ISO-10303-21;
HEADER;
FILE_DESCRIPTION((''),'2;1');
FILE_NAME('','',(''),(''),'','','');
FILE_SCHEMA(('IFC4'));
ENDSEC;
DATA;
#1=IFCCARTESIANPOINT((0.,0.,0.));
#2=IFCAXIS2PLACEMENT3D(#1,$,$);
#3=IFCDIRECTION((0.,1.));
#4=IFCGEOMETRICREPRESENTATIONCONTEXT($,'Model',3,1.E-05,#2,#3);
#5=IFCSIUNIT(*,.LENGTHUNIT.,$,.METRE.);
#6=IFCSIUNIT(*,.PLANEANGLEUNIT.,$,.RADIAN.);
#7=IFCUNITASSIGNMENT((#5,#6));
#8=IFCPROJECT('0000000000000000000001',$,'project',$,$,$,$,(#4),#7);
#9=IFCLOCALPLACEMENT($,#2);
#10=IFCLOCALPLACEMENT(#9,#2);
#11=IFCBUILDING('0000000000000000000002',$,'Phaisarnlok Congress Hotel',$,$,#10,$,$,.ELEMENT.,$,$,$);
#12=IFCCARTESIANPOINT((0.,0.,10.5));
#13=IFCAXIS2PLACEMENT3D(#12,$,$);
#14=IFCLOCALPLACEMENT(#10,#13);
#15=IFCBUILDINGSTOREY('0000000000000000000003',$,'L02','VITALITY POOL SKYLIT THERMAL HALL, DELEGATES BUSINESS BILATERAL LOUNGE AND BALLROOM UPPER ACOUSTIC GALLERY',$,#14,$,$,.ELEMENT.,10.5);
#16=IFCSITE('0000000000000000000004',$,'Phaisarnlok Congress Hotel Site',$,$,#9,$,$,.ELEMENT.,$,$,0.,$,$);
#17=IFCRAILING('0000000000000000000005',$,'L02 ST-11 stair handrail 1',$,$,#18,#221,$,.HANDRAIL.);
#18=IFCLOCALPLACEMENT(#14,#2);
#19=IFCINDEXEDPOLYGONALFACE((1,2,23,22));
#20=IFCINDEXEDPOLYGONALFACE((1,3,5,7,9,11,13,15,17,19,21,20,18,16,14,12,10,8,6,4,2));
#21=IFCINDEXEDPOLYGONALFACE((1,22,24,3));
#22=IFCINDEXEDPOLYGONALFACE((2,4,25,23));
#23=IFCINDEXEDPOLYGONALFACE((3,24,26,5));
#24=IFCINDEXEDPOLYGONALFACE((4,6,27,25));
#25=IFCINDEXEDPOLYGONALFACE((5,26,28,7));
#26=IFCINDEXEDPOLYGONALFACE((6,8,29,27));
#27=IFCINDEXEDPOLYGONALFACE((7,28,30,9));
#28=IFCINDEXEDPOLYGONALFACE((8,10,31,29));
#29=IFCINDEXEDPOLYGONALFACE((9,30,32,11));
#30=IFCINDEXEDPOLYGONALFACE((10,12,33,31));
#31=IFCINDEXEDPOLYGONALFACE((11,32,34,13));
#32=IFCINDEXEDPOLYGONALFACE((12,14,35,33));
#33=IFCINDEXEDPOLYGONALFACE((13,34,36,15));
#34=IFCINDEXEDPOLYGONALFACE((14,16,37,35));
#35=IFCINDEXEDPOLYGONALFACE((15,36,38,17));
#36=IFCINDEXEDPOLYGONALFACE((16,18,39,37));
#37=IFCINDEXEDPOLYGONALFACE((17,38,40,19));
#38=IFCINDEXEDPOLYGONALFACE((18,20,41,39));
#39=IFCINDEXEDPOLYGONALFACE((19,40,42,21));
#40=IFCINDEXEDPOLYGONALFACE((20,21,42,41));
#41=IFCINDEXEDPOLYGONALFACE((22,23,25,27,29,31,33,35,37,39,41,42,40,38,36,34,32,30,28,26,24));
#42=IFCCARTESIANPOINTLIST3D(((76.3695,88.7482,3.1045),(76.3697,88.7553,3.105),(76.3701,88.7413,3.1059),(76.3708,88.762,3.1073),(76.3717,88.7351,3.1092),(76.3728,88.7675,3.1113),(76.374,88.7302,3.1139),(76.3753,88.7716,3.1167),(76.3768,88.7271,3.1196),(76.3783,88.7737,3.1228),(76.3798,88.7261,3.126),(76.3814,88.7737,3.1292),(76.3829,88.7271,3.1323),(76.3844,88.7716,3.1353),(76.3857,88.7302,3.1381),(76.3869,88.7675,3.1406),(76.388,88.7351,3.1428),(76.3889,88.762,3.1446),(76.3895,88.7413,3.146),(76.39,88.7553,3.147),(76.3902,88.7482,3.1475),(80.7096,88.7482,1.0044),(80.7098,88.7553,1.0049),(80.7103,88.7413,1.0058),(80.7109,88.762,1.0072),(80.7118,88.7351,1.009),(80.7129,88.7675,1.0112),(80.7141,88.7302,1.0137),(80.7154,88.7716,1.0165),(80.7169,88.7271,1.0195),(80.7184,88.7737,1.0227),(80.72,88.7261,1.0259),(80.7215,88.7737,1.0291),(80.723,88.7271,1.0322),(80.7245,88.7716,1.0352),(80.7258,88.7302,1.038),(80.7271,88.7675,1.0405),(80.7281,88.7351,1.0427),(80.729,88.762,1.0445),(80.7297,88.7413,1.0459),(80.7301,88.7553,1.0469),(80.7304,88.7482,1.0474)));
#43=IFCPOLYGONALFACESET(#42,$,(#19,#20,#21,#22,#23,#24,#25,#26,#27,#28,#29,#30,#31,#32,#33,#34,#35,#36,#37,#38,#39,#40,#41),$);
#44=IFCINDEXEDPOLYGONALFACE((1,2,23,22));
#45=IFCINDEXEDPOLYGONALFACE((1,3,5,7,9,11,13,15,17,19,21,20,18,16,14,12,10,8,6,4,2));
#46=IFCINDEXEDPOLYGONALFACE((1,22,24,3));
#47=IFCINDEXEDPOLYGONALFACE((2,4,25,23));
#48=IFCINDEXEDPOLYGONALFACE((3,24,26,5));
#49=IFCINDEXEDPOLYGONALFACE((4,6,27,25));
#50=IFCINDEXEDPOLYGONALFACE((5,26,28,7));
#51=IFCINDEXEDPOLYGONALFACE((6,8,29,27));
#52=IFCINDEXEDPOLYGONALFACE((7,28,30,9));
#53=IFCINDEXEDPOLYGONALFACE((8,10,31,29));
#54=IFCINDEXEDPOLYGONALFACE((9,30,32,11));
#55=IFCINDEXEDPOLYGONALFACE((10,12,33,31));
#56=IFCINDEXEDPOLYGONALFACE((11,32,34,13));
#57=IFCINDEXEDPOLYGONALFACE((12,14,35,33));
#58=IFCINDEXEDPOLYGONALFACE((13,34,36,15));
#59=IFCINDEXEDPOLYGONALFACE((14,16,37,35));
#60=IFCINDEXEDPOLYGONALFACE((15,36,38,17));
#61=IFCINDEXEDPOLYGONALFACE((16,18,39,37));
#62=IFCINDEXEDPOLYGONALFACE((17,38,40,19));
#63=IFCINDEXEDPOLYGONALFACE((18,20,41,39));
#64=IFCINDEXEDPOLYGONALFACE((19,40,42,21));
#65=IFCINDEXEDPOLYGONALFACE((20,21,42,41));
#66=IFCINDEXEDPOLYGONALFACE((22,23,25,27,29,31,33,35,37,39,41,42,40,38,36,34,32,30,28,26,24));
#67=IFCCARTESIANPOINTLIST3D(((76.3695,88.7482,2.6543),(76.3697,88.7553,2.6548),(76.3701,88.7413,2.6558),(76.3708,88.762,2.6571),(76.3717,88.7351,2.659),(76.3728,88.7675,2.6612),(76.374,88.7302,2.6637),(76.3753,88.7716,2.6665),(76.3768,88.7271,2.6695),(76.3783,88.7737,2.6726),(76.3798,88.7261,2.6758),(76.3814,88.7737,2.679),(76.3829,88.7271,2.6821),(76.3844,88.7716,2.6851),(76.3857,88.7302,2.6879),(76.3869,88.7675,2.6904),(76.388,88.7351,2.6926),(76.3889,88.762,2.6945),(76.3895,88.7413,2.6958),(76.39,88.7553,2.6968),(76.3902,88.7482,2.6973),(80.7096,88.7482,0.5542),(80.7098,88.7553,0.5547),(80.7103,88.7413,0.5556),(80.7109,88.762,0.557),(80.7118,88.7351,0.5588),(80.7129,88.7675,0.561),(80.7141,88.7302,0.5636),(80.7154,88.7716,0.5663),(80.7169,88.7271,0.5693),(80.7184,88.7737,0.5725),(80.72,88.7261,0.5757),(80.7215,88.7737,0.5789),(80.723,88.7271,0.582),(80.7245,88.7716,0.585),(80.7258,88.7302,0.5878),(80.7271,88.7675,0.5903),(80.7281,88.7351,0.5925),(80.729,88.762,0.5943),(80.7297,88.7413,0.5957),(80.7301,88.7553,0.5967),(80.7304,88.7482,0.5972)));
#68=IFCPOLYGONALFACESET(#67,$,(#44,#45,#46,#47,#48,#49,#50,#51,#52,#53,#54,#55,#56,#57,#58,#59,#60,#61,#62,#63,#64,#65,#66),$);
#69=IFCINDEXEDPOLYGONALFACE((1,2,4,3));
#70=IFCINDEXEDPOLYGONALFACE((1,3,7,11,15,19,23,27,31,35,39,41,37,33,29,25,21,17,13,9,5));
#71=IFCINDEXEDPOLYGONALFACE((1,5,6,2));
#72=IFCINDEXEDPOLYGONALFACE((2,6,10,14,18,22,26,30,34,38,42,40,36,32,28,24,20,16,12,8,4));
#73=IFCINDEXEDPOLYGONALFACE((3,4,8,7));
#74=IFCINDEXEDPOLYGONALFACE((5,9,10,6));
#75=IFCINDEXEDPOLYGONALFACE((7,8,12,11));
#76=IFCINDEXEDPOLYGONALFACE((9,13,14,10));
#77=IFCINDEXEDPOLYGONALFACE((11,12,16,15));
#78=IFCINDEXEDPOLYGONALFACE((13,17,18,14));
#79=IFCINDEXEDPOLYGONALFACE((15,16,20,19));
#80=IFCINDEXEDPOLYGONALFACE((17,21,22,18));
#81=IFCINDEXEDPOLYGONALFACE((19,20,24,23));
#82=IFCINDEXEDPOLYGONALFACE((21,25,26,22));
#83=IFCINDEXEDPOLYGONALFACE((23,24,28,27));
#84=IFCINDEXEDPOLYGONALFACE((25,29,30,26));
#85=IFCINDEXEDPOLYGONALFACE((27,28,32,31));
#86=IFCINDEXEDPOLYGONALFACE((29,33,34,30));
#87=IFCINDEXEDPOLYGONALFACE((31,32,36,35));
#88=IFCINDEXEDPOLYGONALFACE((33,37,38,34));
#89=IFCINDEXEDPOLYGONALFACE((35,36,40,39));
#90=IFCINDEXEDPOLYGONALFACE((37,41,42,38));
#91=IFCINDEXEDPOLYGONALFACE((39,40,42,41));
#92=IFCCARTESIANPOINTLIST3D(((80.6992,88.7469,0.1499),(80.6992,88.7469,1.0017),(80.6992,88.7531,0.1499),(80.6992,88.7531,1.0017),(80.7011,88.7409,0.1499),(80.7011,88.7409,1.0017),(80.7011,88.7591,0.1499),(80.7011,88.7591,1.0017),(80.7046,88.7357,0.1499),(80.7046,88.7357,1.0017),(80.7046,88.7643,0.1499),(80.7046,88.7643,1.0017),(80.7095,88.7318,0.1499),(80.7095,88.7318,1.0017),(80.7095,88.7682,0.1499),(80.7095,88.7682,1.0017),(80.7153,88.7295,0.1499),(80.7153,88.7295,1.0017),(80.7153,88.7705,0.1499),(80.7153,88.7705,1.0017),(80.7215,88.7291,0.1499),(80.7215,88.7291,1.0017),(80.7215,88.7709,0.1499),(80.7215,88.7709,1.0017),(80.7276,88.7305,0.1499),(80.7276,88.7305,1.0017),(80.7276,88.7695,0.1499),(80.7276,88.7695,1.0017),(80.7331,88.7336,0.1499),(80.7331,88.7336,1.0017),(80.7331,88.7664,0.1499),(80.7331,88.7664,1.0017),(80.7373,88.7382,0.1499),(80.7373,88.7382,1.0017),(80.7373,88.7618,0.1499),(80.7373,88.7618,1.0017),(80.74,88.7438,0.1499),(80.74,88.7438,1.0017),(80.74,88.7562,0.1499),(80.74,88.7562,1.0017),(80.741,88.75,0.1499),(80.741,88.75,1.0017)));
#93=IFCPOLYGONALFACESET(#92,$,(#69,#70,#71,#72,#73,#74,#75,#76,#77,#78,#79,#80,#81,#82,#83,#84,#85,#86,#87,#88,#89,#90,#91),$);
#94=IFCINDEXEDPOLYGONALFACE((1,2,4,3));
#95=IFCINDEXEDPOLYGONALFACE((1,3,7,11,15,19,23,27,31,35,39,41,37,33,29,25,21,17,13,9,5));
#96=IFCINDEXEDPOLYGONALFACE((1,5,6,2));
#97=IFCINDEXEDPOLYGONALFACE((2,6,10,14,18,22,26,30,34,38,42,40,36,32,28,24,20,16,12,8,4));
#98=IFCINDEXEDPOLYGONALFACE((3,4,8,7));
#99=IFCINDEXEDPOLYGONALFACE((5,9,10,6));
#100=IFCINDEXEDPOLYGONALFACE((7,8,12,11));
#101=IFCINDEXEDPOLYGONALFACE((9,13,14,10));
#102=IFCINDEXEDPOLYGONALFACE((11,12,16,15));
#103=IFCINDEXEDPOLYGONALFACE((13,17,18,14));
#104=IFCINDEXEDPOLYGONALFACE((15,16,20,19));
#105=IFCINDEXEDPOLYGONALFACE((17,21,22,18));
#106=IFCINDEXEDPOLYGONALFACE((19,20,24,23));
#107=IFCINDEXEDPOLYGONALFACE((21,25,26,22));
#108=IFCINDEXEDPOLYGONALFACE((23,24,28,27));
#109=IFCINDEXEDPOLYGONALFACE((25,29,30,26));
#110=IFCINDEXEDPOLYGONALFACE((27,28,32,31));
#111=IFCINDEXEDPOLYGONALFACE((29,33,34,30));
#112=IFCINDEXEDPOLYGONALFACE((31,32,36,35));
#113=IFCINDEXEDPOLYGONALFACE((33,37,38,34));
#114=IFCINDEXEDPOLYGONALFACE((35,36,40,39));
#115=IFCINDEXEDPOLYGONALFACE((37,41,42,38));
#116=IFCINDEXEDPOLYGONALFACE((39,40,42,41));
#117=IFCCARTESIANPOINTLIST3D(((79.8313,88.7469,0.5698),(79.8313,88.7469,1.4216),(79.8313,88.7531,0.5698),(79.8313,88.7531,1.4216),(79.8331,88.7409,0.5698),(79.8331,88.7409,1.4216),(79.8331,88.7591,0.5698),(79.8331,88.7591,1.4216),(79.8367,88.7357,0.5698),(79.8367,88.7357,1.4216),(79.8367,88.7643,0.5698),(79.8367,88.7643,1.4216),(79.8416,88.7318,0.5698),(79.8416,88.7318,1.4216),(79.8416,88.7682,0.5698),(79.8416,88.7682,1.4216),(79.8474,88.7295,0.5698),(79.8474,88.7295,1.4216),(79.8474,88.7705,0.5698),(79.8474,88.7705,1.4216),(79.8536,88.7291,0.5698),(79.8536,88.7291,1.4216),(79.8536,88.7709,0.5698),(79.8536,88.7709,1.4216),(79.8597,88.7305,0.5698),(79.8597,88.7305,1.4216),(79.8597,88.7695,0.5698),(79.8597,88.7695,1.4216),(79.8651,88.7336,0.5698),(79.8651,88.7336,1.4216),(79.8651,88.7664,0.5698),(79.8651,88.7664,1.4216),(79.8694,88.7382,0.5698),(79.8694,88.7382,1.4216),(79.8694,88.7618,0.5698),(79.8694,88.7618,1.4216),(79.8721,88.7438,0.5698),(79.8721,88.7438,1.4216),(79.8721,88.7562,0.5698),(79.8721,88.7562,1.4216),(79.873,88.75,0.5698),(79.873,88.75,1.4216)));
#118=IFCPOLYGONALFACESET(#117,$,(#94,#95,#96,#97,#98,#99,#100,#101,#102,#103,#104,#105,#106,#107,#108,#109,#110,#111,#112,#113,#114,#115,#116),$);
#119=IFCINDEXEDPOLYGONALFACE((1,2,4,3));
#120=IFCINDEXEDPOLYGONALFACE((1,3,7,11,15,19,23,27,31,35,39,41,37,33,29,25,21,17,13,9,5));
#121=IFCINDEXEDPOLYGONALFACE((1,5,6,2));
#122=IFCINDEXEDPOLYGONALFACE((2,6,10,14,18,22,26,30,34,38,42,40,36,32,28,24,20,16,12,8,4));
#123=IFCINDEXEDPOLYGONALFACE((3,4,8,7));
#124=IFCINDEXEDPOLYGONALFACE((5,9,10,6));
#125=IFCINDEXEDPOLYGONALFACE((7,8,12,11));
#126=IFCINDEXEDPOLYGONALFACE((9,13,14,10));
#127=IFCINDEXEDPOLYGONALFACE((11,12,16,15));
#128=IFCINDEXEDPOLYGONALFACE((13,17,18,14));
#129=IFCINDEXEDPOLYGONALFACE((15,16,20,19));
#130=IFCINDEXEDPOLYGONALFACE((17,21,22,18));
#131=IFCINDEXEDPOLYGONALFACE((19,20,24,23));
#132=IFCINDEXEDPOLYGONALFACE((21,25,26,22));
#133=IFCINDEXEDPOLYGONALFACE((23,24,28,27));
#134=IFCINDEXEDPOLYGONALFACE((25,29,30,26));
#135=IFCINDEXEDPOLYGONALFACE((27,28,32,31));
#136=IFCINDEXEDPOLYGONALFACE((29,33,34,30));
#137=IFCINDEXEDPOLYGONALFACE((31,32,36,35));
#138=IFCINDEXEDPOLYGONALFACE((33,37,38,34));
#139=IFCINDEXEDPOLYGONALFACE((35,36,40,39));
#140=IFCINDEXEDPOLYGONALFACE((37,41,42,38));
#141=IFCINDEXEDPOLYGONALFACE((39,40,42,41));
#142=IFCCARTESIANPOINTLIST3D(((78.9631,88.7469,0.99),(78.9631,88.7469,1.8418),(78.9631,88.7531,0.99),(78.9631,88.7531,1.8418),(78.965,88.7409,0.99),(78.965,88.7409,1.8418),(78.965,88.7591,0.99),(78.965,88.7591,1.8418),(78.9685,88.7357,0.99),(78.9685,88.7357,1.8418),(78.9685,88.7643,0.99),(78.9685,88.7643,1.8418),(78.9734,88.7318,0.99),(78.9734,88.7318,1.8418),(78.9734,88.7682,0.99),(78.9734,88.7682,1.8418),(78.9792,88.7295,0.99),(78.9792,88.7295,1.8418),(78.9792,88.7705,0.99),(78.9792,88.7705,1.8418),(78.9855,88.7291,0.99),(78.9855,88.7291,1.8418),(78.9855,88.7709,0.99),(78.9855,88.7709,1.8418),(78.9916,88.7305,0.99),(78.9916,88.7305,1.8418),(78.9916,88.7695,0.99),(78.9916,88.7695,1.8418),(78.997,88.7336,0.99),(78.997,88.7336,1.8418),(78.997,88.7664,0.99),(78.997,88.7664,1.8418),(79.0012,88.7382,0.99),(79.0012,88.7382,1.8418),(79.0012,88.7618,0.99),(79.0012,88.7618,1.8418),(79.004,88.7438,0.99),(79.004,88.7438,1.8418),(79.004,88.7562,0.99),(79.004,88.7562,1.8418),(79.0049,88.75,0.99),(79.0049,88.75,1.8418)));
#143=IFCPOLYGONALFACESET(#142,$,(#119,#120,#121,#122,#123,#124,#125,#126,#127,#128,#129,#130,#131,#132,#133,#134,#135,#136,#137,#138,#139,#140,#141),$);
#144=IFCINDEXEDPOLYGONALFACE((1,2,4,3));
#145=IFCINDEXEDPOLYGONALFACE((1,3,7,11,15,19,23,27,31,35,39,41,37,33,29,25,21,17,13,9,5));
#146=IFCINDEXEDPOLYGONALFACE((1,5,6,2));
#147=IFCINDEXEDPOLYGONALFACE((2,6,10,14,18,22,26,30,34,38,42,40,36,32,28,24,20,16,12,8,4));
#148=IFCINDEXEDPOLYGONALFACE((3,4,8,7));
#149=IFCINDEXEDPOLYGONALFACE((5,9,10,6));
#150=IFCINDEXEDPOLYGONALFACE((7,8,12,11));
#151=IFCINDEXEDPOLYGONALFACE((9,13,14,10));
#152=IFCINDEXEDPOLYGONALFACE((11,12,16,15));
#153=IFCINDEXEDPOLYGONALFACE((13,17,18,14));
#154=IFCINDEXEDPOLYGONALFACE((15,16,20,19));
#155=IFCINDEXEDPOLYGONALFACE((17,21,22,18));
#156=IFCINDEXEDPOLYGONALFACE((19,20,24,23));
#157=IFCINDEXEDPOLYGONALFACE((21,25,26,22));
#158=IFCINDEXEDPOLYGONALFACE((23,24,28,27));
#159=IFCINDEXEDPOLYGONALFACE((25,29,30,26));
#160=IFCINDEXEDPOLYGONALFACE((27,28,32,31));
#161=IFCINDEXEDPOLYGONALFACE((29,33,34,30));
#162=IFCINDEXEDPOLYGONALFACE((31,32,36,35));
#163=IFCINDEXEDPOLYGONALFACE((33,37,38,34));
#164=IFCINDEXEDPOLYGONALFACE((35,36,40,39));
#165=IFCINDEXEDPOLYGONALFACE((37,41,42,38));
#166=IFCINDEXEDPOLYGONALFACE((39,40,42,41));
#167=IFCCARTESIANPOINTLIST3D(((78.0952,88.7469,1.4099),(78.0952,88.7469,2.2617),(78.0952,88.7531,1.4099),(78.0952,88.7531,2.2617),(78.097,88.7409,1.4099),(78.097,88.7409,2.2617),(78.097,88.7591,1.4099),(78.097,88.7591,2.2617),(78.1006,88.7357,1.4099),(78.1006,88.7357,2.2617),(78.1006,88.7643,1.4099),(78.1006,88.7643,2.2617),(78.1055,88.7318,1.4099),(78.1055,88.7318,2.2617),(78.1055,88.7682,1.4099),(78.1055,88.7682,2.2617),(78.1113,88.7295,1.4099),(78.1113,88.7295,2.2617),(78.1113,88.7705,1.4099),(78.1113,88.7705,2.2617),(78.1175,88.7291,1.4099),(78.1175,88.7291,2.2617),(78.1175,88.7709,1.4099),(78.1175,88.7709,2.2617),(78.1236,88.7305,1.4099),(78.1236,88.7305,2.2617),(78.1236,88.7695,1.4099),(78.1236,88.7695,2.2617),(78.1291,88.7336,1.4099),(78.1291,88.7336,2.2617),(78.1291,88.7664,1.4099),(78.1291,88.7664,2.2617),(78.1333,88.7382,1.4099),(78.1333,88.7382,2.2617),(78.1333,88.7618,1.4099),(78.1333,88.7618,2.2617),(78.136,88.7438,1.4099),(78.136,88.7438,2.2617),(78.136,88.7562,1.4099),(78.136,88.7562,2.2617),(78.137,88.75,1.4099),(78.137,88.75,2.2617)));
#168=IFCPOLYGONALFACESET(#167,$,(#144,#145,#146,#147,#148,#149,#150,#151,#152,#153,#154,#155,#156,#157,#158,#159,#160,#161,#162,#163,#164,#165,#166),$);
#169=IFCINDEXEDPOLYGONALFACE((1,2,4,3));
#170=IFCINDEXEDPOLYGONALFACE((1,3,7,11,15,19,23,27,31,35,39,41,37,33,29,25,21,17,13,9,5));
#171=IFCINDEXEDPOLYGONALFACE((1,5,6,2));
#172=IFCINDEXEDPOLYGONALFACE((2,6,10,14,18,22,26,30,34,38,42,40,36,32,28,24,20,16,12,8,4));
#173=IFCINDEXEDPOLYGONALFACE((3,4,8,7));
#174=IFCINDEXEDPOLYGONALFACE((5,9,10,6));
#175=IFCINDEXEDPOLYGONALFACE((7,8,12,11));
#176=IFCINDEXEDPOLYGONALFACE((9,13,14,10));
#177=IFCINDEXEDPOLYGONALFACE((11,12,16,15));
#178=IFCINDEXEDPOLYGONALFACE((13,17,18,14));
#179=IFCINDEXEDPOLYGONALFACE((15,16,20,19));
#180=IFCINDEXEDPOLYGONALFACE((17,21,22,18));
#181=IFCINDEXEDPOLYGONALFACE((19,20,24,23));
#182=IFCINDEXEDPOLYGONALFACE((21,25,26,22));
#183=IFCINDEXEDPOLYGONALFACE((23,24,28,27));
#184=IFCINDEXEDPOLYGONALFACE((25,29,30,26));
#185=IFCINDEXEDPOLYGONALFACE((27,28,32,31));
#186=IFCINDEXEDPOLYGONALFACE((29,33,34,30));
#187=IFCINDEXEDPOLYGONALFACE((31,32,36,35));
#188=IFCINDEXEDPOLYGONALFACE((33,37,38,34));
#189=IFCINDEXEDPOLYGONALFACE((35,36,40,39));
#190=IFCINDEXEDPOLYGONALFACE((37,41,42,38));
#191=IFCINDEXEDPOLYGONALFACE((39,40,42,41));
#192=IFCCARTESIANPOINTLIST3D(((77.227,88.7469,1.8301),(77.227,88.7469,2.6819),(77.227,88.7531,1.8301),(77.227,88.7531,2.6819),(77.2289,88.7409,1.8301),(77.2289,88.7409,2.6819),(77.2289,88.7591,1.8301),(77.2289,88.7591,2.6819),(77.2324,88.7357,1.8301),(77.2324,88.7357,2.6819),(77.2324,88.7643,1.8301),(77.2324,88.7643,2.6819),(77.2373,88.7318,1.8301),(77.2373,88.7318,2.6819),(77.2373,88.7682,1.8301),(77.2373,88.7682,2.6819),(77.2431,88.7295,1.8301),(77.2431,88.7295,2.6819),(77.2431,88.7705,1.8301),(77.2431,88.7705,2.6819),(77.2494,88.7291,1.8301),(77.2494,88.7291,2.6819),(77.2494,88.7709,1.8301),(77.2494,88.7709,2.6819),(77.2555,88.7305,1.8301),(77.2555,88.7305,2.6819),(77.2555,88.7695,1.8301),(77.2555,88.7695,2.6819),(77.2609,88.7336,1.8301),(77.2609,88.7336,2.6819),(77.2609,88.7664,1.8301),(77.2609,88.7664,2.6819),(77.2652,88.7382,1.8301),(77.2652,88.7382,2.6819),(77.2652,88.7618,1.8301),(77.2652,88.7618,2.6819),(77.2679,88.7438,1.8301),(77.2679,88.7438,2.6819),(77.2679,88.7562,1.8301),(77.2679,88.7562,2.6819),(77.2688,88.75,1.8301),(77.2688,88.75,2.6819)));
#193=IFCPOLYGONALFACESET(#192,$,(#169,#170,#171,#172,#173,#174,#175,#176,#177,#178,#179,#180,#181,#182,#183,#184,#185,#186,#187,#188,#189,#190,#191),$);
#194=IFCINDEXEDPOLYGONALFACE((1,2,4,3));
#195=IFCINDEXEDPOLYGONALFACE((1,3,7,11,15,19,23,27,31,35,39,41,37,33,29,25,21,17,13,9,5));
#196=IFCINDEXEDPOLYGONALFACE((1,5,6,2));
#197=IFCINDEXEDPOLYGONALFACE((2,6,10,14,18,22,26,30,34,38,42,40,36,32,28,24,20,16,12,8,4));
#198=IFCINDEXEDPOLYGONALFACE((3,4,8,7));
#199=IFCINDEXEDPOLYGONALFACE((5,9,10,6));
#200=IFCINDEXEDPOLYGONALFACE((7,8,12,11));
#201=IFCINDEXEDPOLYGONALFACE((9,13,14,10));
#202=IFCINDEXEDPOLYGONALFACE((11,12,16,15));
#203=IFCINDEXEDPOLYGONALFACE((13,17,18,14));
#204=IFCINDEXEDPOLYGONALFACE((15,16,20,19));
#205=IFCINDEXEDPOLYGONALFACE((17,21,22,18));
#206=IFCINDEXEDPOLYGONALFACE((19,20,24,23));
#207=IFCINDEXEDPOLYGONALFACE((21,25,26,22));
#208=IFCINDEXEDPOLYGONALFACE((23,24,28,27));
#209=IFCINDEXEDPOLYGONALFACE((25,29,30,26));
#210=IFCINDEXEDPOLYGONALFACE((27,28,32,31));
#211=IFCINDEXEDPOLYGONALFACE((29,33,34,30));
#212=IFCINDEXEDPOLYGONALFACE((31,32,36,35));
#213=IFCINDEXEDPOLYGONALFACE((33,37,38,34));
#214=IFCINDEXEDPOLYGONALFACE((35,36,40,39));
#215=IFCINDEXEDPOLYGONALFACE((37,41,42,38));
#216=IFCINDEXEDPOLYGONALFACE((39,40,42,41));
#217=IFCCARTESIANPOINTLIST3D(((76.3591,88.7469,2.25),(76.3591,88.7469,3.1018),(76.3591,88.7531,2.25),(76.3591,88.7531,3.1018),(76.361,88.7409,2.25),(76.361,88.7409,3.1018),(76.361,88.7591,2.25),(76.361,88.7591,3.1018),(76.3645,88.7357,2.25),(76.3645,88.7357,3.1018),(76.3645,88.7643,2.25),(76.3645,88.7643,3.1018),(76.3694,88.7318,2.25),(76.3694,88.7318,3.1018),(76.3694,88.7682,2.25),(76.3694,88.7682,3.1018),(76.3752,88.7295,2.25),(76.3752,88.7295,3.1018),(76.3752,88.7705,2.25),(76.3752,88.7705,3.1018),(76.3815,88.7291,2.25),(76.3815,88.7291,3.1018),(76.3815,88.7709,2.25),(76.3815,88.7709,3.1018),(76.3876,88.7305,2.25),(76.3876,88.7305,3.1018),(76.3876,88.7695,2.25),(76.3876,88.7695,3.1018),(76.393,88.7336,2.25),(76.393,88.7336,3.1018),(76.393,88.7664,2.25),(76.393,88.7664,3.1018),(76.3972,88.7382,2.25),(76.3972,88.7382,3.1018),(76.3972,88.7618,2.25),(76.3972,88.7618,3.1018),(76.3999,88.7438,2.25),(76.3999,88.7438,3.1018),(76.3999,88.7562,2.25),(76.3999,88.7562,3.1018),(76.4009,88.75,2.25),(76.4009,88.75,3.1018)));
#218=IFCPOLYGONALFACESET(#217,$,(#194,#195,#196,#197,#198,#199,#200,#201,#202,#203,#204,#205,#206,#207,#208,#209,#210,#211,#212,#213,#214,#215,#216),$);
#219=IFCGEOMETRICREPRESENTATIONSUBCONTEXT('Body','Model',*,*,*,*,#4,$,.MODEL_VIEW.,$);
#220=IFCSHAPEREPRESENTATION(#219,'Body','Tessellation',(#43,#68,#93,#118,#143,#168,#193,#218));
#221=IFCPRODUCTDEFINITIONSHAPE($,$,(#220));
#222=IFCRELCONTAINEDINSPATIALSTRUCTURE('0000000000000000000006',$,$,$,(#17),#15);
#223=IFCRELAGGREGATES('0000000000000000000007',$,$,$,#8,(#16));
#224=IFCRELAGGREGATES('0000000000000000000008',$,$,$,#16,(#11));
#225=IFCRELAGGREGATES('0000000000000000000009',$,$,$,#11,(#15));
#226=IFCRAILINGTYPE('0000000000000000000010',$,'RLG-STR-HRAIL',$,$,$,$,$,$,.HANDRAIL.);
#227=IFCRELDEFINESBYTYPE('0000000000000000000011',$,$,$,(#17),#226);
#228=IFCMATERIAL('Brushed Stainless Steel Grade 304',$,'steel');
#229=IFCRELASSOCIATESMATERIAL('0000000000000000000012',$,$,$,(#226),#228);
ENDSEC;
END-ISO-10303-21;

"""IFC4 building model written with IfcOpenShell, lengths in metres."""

from ifc_helpers import new_model, si_unit, direction, frame, origin, origin_2d, place, context, subcontext, project, spatial, circle, extrude, material, type_object, element, save


model = new_model("IFC4")

# Units and contexts
model_context = context("Model", 3, precision=1e-05, world=origin(), true_north=direction((0.0, 1.0)))
body_context = subcontext(model_context, "Body", "Model", "MODEL_VIEW")
ifc_project = project(units=[si_unit("LENGTHUNIT", "METRE"), si_unit("PLANEANGLEUNIT", "RADIAN")], contexts=[model_context])

# Site, building, storey
site_placement = place(None, origin())
site = spatial("IfcSite", under=ifc_project, at=site_placement, Name="Phaisarnlok Congress Hotel Site", CompositionType="ELEMENT", RefElevation=0.0)
building_placement = place(site_placement, origin())
building = spatial("IfcBuilding", under=site, at=building_placement, Name="Phaisarnlok Congress Hotel", CompositionType="ELEMENT")
storey_placement = place(building_placement, frame((0.0, 0.0, 10.5)))
storey = spatial("IfcBuildingStorey", under=building, at=storey_placement, Name="L02", Description="VITALITY POOL SKYLIT THERMAL HALL, DELEGATES BUSINESS BILATERAL LOUNGE AND BALLROOM UPPER ACOUSTIC GALLERY", CompositionType="ELEMENT", Elevation=10.5)

# Railing
ifc_material_1 = material(Name="Brushed Stainless Steel Grade 304", Category="steel")
railing_type_1 = type_object("IfcRailingType", Name="RLG-STR-HRAIL", PredefinedType="HANDRAIL", material=ifc_material_1)
railing_1_placement = place(storey_placement, frame((80.72, 88.75, 0.1499)))
element("IfcRailing", 1, at=railing_1_placement, inside=storey, type_object=railing_type_1, Name="L02 ST-11 stair handrail 1", PredefinedType="HANDRAIL", context=body_context, shape_type="SweptSolid", body=[
    extrude(circle(Radius=0.0239, at=origin_2d()), frame((0.0, 0.0, 0.876), z_axis=(-0.900155, 0.0, 0.43557), x_axis=(0.0, -1.0, 0.0)), (0.0, 0.0, 1.0), 4.8215),
    extrude(circle(Radius=0.0239, at=origin_2d()), frame((0.0, 0.0, 0.4258), z_axis=(-0.900155, 0.0, 0.43557), x_axis=(0.0, -1.0, 0.0)), (0.0, 0.0, 1.0), 4.8215),
    extrude(circle(Radius=0.021, at=origin_2d()), origin(), (0.0, 0.0, 1.0), 0.8518),
    extrude(circle(Radius=0.021, at=origin_2d()), frame((-0.8679, 0.0, 0.4199)), (0.0, 0.0, 1.0), 0.8518),
    extrude(circle(Radius=0.021, at=origin_2d()), frame((-1.7361, 0.0, 0.8401)), (0.0, 0.0, 1.0), 0.8518),
    extrude(circle(Radius=0.021, at=origin_2d()), frame((-2.604, 0.0, 1.26)), (0.0, 0.0, 1.0), 0.8518),
    extrude(circle(Radius=0.021, at=origin_2d()), frame((-3.4722, 0.0, 1.6802)), (0.0, 0.0, 1.0), 0.8518),
    extrude(circle(Radius=0.021, at=origin_2d()), frame((-4.3401, 0.0, 2.1001)), (0.0, 0.0, 1.0), 0.8518),
])

save(model, "model.ifc")
